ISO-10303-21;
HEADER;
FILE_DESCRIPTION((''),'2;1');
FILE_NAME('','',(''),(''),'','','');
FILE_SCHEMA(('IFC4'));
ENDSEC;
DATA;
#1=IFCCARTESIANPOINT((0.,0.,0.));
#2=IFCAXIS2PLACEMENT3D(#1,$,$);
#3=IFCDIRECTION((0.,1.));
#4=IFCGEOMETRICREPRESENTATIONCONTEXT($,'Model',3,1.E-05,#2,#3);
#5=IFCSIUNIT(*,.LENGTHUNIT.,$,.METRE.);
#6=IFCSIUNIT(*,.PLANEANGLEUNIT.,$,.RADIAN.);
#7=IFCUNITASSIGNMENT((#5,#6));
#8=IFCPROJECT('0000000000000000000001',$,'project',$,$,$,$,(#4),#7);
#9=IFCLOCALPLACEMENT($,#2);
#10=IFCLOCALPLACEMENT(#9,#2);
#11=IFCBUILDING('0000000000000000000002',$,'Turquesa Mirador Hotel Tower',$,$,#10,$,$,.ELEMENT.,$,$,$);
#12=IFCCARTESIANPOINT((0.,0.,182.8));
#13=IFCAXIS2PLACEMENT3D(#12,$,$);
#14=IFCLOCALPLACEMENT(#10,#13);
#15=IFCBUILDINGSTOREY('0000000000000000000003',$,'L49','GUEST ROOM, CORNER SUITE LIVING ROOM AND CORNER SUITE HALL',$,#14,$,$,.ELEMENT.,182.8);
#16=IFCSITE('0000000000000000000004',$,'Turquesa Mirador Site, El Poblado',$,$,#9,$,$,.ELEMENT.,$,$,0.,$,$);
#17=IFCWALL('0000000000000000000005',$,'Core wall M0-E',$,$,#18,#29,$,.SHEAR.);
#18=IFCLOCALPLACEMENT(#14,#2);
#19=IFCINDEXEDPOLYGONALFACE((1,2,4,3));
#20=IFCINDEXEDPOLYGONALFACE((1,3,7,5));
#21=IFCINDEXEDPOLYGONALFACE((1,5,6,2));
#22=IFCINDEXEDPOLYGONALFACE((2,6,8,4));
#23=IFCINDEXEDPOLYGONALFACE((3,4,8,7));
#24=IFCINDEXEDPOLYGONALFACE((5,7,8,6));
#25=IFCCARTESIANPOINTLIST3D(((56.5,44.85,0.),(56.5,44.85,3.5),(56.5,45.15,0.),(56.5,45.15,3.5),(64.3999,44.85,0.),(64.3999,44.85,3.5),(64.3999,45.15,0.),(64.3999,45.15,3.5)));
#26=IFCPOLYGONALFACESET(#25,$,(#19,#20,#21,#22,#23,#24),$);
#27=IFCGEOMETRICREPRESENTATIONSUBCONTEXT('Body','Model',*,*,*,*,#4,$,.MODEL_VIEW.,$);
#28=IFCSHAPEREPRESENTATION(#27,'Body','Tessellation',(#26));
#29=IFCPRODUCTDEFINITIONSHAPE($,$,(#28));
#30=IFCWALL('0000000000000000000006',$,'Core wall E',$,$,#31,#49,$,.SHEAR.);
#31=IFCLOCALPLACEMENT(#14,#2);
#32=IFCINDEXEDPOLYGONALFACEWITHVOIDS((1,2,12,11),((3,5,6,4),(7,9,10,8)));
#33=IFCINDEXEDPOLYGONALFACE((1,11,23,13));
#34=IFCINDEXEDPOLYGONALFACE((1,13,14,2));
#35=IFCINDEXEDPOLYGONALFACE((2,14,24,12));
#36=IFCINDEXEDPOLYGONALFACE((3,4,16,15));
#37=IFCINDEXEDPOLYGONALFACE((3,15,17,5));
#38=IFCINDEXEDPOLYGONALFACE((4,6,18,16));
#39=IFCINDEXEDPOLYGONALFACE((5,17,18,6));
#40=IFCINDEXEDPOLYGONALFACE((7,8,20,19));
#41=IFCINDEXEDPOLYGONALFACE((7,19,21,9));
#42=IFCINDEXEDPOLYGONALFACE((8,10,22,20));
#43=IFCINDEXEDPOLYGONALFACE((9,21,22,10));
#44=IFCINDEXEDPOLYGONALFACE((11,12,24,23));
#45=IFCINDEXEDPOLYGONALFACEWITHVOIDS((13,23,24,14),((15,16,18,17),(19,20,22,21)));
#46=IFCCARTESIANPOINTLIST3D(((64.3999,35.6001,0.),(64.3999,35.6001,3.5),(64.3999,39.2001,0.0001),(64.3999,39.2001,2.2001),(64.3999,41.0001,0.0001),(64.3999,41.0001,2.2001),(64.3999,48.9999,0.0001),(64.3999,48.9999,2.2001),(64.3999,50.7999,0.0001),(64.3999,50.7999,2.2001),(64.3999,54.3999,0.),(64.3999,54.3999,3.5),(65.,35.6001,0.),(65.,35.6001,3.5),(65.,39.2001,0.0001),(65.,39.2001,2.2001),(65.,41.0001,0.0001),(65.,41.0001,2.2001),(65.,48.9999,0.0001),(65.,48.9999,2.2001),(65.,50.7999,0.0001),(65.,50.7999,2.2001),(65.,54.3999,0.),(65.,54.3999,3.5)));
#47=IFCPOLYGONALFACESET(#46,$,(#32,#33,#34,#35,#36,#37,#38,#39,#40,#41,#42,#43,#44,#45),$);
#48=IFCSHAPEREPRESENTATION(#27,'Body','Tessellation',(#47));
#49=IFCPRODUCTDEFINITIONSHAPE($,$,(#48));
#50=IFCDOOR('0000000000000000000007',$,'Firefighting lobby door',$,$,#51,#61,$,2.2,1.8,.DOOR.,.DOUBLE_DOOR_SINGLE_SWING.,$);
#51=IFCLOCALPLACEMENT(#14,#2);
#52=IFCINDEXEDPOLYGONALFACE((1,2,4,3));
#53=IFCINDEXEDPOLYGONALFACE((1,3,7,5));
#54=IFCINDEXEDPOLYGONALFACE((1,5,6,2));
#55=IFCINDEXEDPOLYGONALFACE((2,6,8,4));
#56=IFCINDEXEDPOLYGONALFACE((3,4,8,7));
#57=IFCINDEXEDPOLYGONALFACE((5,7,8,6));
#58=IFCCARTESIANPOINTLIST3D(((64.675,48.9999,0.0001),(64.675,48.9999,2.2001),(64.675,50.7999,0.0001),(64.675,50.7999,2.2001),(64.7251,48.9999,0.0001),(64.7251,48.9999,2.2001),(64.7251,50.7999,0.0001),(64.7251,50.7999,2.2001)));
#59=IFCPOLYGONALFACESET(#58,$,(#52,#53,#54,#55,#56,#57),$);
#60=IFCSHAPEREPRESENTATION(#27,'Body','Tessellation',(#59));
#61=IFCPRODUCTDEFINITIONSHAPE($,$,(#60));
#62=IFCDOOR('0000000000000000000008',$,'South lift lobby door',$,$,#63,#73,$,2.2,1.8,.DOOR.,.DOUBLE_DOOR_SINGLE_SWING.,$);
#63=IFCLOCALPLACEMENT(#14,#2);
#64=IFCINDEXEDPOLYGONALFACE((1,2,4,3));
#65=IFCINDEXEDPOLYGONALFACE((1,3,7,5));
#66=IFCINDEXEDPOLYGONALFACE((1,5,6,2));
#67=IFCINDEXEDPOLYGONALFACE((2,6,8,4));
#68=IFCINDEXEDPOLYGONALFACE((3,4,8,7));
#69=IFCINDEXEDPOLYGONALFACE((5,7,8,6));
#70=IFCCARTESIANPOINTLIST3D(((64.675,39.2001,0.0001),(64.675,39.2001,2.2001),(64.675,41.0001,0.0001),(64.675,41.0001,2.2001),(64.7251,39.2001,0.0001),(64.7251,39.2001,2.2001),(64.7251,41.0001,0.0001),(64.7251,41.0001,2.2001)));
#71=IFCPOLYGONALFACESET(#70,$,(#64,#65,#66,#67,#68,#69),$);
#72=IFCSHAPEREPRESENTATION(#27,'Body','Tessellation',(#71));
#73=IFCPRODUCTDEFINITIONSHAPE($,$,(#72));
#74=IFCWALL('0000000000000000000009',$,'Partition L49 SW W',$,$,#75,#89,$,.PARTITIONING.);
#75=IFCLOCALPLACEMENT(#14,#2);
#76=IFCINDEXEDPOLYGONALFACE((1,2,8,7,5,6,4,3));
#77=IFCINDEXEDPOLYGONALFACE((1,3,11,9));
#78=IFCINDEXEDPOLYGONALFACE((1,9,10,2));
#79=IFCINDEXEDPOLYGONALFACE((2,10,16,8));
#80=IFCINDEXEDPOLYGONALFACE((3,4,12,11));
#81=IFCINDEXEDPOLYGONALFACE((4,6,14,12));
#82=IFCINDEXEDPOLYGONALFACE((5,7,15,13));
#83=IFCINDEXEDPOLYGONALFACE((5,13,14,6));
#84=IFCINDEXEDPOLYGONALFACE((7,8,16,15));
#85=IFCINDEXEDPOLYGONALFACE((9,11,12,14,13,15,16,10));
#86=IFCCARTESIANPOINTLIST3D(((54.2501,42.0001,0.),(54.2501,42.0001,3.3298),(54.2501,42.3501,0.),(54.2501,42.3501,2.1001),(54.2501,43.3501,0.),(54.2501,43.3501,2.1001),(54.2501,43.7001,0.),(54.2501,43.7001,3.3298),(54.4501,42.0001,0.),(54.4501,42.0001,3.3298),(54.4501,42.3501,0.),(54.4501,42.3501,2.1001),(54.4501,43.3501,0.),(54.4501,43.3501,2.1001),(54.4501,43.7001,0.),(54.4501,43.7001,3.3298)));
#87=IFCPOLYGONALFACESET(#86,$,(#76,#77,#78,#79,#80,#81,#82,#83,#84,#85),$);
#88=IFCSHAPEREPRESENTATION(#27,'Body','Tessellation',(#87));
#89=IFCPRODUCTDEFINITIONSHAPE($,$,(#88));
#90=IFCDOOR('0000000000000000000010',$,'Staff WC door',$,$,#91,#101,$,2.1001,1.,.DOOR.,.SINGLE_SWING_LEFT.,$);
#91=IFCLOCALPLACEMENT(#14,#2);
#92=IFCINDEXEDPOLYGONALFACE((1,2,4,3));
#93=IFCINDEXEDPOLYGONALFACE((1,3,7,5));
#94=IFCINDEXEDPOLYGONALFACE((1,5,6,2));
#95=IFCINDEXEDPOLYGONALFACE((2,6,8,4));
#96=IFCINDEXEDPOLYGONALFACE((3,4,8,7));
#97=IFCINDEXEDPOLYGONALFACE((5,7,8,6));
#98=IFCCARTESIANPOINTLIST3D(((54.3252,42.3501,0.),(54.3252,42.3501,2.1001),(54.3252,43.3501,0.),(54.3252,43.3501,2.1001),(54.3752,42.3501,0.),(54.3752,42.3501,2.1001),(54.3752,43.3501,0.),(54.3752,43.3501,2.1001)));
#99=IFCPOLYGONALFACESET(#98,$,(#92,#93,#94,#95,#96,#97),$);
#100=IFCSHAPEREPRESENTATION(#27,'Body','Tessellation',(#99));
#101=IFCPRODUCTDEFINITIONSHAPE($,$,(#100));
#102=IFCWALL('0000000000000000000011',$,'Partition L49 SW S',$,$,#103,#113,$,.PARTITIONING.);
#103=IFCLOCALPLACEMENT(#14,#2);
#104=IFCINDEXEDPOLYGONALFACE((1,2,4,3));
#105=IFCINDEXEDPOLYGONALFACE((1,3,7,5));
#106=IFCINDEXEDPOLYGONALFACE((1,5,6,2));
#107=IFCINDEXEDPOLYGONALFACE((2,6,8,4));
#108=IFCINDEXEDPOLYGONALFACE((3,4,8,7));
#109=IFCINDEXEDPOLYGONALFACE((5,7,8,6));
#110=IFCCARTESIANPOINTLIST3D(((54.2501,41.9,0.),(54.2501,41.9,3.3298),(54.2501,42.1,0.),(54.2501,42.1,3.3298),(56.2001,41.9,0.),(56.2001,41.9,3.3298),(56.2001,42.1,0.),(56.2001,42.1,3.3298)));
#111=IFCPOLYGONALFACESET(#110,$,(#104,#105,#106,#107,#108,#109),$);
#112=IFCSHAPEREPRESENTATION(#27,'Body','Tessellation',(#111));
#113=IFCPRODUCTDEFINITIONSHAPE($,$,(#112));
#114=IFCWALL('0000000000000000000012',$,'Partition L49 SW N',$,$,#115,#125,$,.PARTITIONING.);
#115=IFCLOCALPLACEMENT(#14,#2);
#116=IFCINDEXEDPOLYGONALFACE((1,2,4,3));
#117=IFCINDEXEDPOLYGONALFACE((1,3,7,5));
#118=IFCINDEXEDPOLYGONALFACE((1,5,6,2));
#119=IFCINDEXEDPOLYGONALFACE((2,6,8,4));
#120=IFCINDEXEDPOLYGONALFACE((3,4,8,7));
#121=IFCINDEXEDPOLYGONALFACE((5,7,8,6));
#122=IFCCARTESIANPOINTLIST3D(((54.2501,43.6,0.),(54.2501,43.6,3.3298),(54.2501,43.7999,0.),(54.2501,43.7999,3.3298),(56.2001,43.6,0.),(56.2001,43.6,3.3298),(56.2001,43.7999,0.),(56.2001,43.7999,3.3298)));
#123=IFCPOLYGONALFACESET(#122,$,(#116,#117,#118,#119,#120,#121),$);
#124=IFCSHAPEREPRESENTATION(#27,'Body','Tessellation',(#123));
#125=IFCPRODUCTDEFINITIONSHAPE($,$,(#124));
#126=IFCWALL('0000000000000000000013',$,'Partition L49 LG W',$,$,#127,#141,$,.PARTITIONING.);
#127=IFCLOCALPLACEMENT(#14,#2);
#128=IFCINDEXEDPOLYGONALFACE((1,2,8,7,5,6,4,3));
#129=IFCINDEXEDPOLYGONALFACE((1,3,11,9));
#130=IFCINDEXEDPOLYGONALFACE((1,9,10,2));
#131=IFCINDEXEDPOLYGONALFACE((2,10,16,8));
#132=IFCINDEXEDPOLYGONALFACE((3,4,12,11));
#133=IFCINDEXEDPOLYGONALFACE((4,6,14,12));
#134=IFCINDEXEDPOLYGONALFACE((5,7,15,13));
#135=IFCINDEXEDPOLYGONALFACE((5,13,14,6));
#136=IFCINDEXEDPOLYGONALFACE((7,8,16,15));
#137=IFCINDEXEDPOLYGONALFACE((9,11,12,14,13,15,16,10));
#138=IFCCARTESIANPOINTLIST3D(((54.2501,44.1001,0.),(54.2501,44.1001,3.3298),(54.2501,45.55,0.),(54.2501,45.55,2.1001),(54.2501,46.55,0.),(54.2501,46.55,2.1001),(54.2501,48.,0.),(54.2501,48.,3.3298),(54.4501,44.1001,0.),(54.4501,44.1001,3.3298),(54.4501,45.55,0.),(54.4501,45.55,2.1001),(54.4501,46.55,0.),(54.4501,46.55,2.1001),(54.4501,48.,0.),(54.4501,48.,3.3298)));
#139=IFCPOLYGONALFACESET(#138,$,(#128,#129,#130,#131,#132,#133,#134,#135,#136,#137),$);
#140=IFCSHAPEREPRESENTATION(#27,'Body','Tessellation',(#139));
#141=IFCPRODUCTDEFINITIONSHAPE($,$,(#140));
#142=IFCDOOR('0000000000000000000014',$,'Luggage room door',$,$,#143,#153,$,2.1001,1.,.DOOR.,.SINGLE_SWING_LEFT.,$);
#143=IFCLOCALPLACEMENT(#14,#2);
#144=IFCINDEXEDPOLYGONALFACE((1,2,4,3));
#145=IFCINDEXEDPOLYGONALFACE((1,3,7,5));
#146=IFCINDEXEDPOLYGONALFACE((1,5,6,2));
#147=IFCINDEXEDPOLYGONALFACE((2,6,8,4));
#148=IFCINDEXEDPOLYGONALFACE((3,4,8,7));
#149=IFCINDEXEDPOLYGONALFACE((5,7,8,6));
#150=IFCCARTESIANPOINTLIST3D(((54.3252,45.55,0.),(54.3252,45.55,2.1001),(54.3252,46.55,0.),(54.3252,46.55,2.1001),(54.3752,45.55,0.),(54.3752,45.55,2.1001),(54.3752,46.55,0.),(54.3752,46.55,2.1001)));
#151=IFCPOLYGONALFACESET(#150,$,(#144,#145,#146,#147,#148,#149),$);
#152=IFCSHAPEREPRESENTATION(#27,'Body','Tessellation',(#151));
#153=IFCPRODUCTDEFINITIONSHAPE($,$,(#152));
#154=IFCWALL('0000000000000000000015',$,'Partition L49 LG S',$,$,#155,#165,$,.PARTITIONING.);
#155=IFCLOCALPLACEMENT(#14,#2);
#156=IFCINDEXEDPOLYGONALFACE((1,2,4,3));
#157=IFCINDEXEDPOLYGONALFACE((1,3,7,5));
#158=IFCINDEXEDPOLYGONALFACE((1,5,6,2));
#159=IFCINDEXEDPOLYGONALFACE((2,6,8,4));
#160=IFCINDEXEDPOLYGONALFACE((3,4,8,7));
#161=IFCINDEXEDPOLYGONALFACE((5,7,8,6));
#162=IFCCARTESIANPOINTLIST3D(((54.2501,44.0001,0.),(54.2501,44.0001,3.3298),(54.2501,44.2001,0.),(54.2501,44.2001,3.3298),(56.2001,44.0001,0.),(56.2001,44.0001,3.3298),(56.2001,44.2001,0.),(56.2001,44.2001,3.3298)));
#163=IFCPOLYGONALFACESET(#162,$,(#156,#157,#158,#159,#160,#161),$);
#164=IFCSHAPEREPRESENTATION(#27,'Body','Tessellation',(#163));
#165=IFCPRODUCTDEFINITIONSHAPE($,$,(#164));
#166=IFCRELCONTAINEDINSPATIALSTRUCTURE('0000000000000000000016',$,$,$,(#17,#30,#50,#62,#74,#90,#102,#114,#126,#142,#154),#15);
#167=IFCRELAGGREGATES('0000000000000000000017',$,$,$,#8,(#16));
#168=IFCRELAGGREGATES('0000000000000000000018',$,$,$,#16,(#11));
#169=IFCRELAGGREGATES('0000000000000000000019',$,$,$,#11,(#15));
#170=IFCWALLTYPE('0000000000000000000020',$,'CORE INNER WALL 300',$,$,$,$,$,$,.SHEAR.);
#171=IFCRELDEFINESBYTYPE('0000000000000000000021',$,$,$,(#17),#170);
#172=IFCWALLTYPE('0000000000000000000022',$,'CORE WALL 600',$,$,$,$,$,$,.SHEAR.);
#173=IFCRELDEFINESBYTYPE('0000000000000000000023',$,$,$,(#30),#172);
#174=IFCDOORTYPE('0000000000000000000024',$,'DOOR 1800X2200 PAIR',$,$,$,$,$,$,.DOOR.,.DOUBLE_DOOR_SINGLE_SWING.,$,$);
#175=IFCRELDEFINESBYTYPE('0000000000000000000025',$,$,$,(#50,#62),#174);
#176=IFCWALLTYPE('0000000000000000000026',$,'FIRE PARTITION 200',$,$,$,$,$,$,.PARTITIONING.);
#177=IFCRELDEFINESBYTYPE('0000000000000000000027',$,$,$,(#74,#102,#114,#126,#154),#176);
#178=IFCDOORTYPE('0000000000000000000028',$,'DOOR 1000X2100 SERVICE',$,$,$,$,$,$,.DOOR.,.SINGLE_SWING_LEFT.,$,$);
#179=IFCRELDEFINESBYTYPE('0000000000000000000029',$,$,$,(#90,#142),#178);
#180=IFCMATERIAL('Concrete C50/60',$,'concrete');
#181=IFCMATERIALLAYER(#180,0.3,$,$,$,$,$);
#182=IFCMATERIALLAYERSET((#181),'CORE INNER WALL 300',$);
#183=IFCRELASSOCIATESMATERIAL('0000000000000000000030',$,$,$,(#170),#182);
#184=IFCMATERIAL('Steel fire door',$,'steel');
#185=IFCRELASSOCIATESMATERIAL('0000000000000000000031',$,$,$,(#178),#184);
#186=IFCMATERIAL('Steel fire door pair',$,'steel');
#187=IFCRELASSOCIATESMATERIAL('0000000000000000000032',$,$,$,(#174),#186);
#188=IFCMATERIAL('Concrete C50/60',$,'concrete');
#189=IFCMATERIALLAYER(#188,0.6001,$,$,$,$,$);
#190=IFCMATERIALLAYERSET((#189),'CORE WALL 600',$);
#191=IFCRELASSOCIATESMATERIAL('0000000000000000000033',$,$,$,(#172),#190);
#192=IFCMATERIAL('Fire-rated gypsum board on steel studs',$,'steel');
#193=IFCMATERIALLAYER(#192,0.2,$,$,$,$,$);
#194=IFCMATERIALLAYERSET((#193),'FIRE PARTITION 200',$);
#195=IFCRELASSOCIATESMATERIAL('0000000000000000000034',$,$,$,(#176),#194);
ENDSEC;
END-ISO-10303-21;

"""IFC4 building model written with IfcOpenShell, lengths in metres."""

from ifc_helpers import new_model, si_unit, direction, frame, frame_2d, origin, place, context, subcontext, project, spatial, rectangle, extrude, material, layer, layer_set, type_object, element, fill, save


model = new_model("IFC4")

# Units and contexts
model_context = context("Model", 3, precision=1e-05, world=origin(), true_north=direction((0.0, 1.0)))
body_context = subcontext(model_context, "Body", "Model", "MODEL_VIEW")
ifc_project = project(units=[si_unit("LENGTHUNIT", "METRE"), si_unit("PLANEANGLEUNIT", "RADIAN")], contexts=[model_context])

# Site, building, storey
site_placement = place(None, origin())
site = spatial("IfcSite", under=ifc_project, at=site_placement, Name="Turquesa Mirador Site, El Poblado", CompositionType="ELEMENT", RefElevation=0.0)
building_placement = place(site_placement, origin())
building = spatial("IfcBuilding", under=site, at=building_placement, Name="Turquesa Mirador Hotel Tower", CompositionType="ELEMENT")
storey_placement = place(building_placement, frame((0.0, 0.0, 182.8)))
storey = spatial("IfcBuildingStorey", under=building, at=storey_placement, Name="L49", Description="GUEST ROOM, CORNER SUITE LIVING ROOM AND CORNER SUITE HALL", CompositionType="ELEMENT", Elevation=182.8)

# Shared definitions
ifc_material_1 = material(Name="Concrete C50/60", Category="concrete")
ifc_layer_1 = layer(ifc_material_1, 0.3)
ifc_layer_set_1 = layer_set([ifc_layer_1], Name="CORE INNER WALL 300")
wall_type_1 = type_object("IfcWallType", Name="CORE INNER WALL 300", PredefinedType="SHEAR", material=ifc_layer_set_1)
ifc_material_2 = material(Name="Steel fire door", Category="steel")
door_type_1 = type_object("IfcDoorType", Name="DOOR 1000X2100 SERVICE", OperationType="SINGLE_SWING_LEFT", PredefinedType="DOOR", material=ifc_material_2)
ifc_material_3 = material(Name="Steel fire door pair", Category="steel")
door_type_2 = type_object("IfcDoorType", Name="DOOR 1800X2200 PAIR", OperationType="DOUBLE_DOOR_SINGLE_SWING", PredefinedType="DOOR", material=ifc_material_3)

# Wall
wall_1_placement = place(storey_placement, frame((56.5, 45.0, 0.0), z_axis=(0.0, 0.0, 1.0), x_axis=(1.0, 0.0, 0.0)))
element("IfcWall", 1, at=wall_1_placement, inside=storey, type_object=wall_type_1, Name="Core wall M0-E", PredefinedType="SHEAR", context=body_context, shape_type="SweptSolid", body=[
    extrude(rectangle(XDim=7.8999, YDim=0.3, at=frame_2d((3.95, 0.0))), origin(), (0.0, 0.0, 1.0), 3.5),
])

# Wall, openings, doors
ifc_material_4 = material(Name="Concrete C50/60", Category="concrete")
ifc_layer_2 = layer(ifc_material_4, 0.6001)
ifc_layer_set_2 = layer_set([ifc_layer_2], Name="CORE WALL 600")
wall_type_2 = type_object("IfcWallType", Name="CORE WALL 600", PredefinedType="SHEAR", material=ifc_layer_set_2)
wall_2_placement = place(storey_placement, frame((64.7, 35.6001, 0.0), z_axis=(0.0, 0.0, 1.0), x_axis=(0.0, 1.0, 0.0)))
wall_2 = element("IfcWall", 2, at=wall_2_placement, inside=storey, type_object=wall_type_2, Name="Core wall E", PredefinedType="SHEAR", context=body_context, shape_type="SweptSolid", body=[
    extrude(rectangle(XDim=18.7998, YDim=0.6001, at=frame_2d((9.3999, 0.0))), origin(), (0.0, 0.0, 1.0), 3.5),
])
opening_1_placement = place(wall_2_placement, frame((13.3999, 0.0, 0.0)))
opening_1 = element("IfcOpeningElement", 3, at=opening_1_placement, cuts=wall_2, PredefinedType="OPENING", context=body_context, shape_type="SweptSolid", body=[
    extrude(rectangle(XDim=1.8, YDim=2.2, at=frame_2d((0.8999, 1.1001))), frame((0.0, 0.3101, 0.0), z_axis=(0.0, -1.0, 0.0), x_axis=(1.0, 0.0, 0.0)), (0.0, 0.0, 1.0), 0.6201),
])
opening_2_placement = place(wall_2_placement, frame((3.6001, 0.0, 0.0)))
opening_2 = element("IfcOpeningElement", 4, at=opening_2_placement, cuts=wall_2, PredefinedType="OPENING", context=body_context, shape_type="SweptSolid", body=[
    extrude(rectangle(XDim=1.8, YDim=2.2, at=frame_2d((0.8999, 1.1001))), frame((0.0, 0.3101, 0.0), z_axis=(0.0, -1.0, 0.0), x_axis=(1.0, 0.0, 0.0)), (0.0, 0.0, 1.0), 0.6201),
])
door_1_placement = place(opening_1_placement, origin())
door_1 = element("IfcDoor", 5, at=door_1_placement, inside=storey, type_object=door_type_2, Name="Firefighting lobby door", OperationType="DOUBLE_DOOR_SINGLE_SWING", OverallHeight=2.2, OverallWidth=1.8, PredefinedType="DOOR", context=body_context, shape_type="SweptSolid", body=[
    extrude(rectangle(XDim=1.8, YDim=2.2, at=frame_2d((0.8999, 1.1001))), frame((0.0, 0.0249, 0.0), z_axis=(0.0, -1.0, 0.0), x_axis=(1.0, 0.0, 0.0)), (0.0, 0.0, 1.0), 0.05),
])
fill(opening_1, door_1)
door_2_placement = place(opening_2_placement, origin())
door_2 = element("IfcDoor", 6, at=door_2_placement, inside=storey, type_object=door_type_2, Name="South lift lobby door", OperationType="DOUBLE_DOOR_SINGLE_SWING", OverallHeight=2.2, OverallWidth=1.8, PredefinedType="DOOR", context=body_context, shape_type="SweptSolid", body=[
    extrude(rectangle(XDim=1.8, YDim=2.2, at=frame_2d((0.8999, 1.1001))), frame((0.0, 0.0249, 0.0), z_axis=(0.0, -1.0, 0.0), x_axis=(1.0, 0.0, 0.0)), (0.0, 0.0, 1.0), 0.05),
])
fill(opening_2, door_2)

# Wall, opening, door
ifc_material_5 = material(Name="Fire-rated gypsum board on steel studs", Category="steel")
ifc_layer_3 = layer(ifc_material_5, 0.2)
ifc_layer_set_3 = layer_set([ifc_layer_3], Name="FIRE PARTITION 200")
wall_type_3 = type_object("IfcWallType", Name="FIRE PARTITION 200", PredefinedType="PARTITIONING", material=ifc_layer_set_3)
wall_3_placement = place(storey_placement, frame((54.3501, 42.0, 0.0), z_axis=(0.0, 0.0, 1.0), x_axis=(0.0, 1.0, 0.0)))
wall_3 = element("IfcWall", 7, at=wall_3_placement, inside=storey, type_object=wall_type_3, Name="Partition L49 SW W", PredefinedType="PARTITIONING", context=body_context, shape_type="SweptSolid", body=[
    extrude(rectangle(XDim=1.7, YDim=0.2, at=frame_2d((0.8501, 0.0))), origin(), (0.0, 0.0, 1.0), 3.3298),
])
opening_3_placement = place(wall_3_placement, frame((0.3501, 0.0, 0.0)))
opening_3 = element("IfcOpeningElement", 8, at=opening_3_placement, cuts=wall_3, PredefinedType="OPENING", context=body_context, shape_type="SweptSolid", body=[
    extrude(rectangle(XDim=1.0, YDim=2.1001, at=frame_2d((0.5, 1.05))), frame((0.0, 0.1099, 0.0), z_axis=(0.0, -1.0, 0.0), x_axis=(1.0, 0.0, 0.0)), (0.0, 0.0, 1.0), 0.22),
])
door_3_placement = place(opening_3_placement, origin())
door_3 = element("IfcDoor", 9, at=door_3_placement, inside=storey, type_object=door_type_1, Name="Staff WC door", OperationType="SINGLE_SWING_LEFT", OverallHeight=2.1001, OverallWidth=1.0, PredefinedType="DOOR", context=body_context, shape_type="SweptSolid", body=[
    extrude(rectangle(XDim=1.0, YDim=2.1001, at=frame_2d((0.5, 1.05))), frame((0.0, 0.0249, 0.0), z_axis=(0.0, -1.0, 0.0), x_axis=(1.0, 0.0, 0.0)), (0.0, 0.0, 1.0), 0.05),
])
fill(opening_3, door_3)

# Walls
for number, where, z_axis, x_axis, name in (
    (10, (54.25, 42.0, 0.0), (0.0, 0.0, 1.0), (1.0, 0.0, 0.0), "Partition L49 SW S"),
    (11, (54.25, 43.7, 0.0), (0.0, 0.0, 1.0), (1.0, 0.0, 0.0), "Partition L49 SW N"),
):
    element("IfcWall", number, at=place(storey_placement, frame(where, z_axis=z_axis, x_axis=x_axis)), inside=storey, type_object=wall_type_3, Name=name, PredefinedType="PARTITIONING", context=body_context, shape_type="SweptSolid", body=[
        extrude(rectangle(XDim=1.95, YDim=0.2, at=frame_2d((0.9751, 0.0))), origin(), (0.0, 0.0, 1.0), 3.3298),
    ])

# Wall, opening, door
wall_4_placement = place(storey_placement, frame((54.3501, 44.1001, 0.0), z_axis=(0.0, 0.0, 1.0), x_axis=(0.0, 1.0, 0.0)))
wall_4 = element("IfcWall", 12, at=wall_4_placement, inside=storey, type_object=wall_type_3, Name="Partition L49 LG W", PredefinedType="PARTITIONING", context=body_context, shape_type="SweptSolid", body=[
    extrude(rectangle(XDim=3.8999, YDim=0.2, at=frame_2d((1.95, 0.0))), origin(), (0.0, 0.0, 1.0), 3.3298),
])
opening_4_placement = place(wall_4_placement, frame((1.45, 0.0, 0.0)))
opening_4 = element("IfcOpeningElement", 13, at=opening_4_placement, cuts=wall_4, PredefinedType="OPENING", context=body_context, shape_type="SweptSolid", body=[
    extrude(rectangle(XDim=1.0, YDim=2.1001, at=frame_2d((0.5, 1.05))), frame((0.0, 0.1099, 0.0), z_axis=(0.0, -1.0, 0.0), x_axis=(1.0, 0.0, 0.0)), (0.0, 0.0, 1.0), 0.22),
])
door_4_placement = place(opening_4_placement, origin())
door_4 = element("IfcDoor", 14, at=door_4_placement, inside=storey, type_object=door_type_1, Name="Luggage room door", OperationType="SINGLE_SWING_LEFT", OverallHeight=2.1001, OverallWidth=1.0, PredefinedType="DOOR", context=body_context, shape_type="SweptSolid", body=[
    extrude(rectangle(XDim=1.0, YDim=2.1001, at=frame_2d((0.5, 1.05))), frame((0.0, 0.0249, 0.0), z_axis=(0.0, -1.0, 0.0), x_axis=(1.0, 0.0, 0.0)), (0.0, 0.0, 1.0), 0.05),
])
fill(opening_4, door_4)

# Wall
wall_5_placement = place(storey_placement, frame((54.25, 44.1001, 0.0), z_axis=(0.0, 0.0, 1.0), x_axis=(1.0, 0.0, 0.0)))
element("IfcWall", 15, at=wall_5_placement, inside=storey, type_object=wall_type_3, Name="Partition L49 LG S", PredefinedType="PARTITIONING", context=body_context, shape_type="SweptSolid", body=[
    extrude(rectangle(XDim=1.95, YDim=0.2, at=frame_2d((0.9751, 0.0))), origin(), (0.0, 0.0, 1.0), 3.3298),
])

save(model, "model.ifc")
